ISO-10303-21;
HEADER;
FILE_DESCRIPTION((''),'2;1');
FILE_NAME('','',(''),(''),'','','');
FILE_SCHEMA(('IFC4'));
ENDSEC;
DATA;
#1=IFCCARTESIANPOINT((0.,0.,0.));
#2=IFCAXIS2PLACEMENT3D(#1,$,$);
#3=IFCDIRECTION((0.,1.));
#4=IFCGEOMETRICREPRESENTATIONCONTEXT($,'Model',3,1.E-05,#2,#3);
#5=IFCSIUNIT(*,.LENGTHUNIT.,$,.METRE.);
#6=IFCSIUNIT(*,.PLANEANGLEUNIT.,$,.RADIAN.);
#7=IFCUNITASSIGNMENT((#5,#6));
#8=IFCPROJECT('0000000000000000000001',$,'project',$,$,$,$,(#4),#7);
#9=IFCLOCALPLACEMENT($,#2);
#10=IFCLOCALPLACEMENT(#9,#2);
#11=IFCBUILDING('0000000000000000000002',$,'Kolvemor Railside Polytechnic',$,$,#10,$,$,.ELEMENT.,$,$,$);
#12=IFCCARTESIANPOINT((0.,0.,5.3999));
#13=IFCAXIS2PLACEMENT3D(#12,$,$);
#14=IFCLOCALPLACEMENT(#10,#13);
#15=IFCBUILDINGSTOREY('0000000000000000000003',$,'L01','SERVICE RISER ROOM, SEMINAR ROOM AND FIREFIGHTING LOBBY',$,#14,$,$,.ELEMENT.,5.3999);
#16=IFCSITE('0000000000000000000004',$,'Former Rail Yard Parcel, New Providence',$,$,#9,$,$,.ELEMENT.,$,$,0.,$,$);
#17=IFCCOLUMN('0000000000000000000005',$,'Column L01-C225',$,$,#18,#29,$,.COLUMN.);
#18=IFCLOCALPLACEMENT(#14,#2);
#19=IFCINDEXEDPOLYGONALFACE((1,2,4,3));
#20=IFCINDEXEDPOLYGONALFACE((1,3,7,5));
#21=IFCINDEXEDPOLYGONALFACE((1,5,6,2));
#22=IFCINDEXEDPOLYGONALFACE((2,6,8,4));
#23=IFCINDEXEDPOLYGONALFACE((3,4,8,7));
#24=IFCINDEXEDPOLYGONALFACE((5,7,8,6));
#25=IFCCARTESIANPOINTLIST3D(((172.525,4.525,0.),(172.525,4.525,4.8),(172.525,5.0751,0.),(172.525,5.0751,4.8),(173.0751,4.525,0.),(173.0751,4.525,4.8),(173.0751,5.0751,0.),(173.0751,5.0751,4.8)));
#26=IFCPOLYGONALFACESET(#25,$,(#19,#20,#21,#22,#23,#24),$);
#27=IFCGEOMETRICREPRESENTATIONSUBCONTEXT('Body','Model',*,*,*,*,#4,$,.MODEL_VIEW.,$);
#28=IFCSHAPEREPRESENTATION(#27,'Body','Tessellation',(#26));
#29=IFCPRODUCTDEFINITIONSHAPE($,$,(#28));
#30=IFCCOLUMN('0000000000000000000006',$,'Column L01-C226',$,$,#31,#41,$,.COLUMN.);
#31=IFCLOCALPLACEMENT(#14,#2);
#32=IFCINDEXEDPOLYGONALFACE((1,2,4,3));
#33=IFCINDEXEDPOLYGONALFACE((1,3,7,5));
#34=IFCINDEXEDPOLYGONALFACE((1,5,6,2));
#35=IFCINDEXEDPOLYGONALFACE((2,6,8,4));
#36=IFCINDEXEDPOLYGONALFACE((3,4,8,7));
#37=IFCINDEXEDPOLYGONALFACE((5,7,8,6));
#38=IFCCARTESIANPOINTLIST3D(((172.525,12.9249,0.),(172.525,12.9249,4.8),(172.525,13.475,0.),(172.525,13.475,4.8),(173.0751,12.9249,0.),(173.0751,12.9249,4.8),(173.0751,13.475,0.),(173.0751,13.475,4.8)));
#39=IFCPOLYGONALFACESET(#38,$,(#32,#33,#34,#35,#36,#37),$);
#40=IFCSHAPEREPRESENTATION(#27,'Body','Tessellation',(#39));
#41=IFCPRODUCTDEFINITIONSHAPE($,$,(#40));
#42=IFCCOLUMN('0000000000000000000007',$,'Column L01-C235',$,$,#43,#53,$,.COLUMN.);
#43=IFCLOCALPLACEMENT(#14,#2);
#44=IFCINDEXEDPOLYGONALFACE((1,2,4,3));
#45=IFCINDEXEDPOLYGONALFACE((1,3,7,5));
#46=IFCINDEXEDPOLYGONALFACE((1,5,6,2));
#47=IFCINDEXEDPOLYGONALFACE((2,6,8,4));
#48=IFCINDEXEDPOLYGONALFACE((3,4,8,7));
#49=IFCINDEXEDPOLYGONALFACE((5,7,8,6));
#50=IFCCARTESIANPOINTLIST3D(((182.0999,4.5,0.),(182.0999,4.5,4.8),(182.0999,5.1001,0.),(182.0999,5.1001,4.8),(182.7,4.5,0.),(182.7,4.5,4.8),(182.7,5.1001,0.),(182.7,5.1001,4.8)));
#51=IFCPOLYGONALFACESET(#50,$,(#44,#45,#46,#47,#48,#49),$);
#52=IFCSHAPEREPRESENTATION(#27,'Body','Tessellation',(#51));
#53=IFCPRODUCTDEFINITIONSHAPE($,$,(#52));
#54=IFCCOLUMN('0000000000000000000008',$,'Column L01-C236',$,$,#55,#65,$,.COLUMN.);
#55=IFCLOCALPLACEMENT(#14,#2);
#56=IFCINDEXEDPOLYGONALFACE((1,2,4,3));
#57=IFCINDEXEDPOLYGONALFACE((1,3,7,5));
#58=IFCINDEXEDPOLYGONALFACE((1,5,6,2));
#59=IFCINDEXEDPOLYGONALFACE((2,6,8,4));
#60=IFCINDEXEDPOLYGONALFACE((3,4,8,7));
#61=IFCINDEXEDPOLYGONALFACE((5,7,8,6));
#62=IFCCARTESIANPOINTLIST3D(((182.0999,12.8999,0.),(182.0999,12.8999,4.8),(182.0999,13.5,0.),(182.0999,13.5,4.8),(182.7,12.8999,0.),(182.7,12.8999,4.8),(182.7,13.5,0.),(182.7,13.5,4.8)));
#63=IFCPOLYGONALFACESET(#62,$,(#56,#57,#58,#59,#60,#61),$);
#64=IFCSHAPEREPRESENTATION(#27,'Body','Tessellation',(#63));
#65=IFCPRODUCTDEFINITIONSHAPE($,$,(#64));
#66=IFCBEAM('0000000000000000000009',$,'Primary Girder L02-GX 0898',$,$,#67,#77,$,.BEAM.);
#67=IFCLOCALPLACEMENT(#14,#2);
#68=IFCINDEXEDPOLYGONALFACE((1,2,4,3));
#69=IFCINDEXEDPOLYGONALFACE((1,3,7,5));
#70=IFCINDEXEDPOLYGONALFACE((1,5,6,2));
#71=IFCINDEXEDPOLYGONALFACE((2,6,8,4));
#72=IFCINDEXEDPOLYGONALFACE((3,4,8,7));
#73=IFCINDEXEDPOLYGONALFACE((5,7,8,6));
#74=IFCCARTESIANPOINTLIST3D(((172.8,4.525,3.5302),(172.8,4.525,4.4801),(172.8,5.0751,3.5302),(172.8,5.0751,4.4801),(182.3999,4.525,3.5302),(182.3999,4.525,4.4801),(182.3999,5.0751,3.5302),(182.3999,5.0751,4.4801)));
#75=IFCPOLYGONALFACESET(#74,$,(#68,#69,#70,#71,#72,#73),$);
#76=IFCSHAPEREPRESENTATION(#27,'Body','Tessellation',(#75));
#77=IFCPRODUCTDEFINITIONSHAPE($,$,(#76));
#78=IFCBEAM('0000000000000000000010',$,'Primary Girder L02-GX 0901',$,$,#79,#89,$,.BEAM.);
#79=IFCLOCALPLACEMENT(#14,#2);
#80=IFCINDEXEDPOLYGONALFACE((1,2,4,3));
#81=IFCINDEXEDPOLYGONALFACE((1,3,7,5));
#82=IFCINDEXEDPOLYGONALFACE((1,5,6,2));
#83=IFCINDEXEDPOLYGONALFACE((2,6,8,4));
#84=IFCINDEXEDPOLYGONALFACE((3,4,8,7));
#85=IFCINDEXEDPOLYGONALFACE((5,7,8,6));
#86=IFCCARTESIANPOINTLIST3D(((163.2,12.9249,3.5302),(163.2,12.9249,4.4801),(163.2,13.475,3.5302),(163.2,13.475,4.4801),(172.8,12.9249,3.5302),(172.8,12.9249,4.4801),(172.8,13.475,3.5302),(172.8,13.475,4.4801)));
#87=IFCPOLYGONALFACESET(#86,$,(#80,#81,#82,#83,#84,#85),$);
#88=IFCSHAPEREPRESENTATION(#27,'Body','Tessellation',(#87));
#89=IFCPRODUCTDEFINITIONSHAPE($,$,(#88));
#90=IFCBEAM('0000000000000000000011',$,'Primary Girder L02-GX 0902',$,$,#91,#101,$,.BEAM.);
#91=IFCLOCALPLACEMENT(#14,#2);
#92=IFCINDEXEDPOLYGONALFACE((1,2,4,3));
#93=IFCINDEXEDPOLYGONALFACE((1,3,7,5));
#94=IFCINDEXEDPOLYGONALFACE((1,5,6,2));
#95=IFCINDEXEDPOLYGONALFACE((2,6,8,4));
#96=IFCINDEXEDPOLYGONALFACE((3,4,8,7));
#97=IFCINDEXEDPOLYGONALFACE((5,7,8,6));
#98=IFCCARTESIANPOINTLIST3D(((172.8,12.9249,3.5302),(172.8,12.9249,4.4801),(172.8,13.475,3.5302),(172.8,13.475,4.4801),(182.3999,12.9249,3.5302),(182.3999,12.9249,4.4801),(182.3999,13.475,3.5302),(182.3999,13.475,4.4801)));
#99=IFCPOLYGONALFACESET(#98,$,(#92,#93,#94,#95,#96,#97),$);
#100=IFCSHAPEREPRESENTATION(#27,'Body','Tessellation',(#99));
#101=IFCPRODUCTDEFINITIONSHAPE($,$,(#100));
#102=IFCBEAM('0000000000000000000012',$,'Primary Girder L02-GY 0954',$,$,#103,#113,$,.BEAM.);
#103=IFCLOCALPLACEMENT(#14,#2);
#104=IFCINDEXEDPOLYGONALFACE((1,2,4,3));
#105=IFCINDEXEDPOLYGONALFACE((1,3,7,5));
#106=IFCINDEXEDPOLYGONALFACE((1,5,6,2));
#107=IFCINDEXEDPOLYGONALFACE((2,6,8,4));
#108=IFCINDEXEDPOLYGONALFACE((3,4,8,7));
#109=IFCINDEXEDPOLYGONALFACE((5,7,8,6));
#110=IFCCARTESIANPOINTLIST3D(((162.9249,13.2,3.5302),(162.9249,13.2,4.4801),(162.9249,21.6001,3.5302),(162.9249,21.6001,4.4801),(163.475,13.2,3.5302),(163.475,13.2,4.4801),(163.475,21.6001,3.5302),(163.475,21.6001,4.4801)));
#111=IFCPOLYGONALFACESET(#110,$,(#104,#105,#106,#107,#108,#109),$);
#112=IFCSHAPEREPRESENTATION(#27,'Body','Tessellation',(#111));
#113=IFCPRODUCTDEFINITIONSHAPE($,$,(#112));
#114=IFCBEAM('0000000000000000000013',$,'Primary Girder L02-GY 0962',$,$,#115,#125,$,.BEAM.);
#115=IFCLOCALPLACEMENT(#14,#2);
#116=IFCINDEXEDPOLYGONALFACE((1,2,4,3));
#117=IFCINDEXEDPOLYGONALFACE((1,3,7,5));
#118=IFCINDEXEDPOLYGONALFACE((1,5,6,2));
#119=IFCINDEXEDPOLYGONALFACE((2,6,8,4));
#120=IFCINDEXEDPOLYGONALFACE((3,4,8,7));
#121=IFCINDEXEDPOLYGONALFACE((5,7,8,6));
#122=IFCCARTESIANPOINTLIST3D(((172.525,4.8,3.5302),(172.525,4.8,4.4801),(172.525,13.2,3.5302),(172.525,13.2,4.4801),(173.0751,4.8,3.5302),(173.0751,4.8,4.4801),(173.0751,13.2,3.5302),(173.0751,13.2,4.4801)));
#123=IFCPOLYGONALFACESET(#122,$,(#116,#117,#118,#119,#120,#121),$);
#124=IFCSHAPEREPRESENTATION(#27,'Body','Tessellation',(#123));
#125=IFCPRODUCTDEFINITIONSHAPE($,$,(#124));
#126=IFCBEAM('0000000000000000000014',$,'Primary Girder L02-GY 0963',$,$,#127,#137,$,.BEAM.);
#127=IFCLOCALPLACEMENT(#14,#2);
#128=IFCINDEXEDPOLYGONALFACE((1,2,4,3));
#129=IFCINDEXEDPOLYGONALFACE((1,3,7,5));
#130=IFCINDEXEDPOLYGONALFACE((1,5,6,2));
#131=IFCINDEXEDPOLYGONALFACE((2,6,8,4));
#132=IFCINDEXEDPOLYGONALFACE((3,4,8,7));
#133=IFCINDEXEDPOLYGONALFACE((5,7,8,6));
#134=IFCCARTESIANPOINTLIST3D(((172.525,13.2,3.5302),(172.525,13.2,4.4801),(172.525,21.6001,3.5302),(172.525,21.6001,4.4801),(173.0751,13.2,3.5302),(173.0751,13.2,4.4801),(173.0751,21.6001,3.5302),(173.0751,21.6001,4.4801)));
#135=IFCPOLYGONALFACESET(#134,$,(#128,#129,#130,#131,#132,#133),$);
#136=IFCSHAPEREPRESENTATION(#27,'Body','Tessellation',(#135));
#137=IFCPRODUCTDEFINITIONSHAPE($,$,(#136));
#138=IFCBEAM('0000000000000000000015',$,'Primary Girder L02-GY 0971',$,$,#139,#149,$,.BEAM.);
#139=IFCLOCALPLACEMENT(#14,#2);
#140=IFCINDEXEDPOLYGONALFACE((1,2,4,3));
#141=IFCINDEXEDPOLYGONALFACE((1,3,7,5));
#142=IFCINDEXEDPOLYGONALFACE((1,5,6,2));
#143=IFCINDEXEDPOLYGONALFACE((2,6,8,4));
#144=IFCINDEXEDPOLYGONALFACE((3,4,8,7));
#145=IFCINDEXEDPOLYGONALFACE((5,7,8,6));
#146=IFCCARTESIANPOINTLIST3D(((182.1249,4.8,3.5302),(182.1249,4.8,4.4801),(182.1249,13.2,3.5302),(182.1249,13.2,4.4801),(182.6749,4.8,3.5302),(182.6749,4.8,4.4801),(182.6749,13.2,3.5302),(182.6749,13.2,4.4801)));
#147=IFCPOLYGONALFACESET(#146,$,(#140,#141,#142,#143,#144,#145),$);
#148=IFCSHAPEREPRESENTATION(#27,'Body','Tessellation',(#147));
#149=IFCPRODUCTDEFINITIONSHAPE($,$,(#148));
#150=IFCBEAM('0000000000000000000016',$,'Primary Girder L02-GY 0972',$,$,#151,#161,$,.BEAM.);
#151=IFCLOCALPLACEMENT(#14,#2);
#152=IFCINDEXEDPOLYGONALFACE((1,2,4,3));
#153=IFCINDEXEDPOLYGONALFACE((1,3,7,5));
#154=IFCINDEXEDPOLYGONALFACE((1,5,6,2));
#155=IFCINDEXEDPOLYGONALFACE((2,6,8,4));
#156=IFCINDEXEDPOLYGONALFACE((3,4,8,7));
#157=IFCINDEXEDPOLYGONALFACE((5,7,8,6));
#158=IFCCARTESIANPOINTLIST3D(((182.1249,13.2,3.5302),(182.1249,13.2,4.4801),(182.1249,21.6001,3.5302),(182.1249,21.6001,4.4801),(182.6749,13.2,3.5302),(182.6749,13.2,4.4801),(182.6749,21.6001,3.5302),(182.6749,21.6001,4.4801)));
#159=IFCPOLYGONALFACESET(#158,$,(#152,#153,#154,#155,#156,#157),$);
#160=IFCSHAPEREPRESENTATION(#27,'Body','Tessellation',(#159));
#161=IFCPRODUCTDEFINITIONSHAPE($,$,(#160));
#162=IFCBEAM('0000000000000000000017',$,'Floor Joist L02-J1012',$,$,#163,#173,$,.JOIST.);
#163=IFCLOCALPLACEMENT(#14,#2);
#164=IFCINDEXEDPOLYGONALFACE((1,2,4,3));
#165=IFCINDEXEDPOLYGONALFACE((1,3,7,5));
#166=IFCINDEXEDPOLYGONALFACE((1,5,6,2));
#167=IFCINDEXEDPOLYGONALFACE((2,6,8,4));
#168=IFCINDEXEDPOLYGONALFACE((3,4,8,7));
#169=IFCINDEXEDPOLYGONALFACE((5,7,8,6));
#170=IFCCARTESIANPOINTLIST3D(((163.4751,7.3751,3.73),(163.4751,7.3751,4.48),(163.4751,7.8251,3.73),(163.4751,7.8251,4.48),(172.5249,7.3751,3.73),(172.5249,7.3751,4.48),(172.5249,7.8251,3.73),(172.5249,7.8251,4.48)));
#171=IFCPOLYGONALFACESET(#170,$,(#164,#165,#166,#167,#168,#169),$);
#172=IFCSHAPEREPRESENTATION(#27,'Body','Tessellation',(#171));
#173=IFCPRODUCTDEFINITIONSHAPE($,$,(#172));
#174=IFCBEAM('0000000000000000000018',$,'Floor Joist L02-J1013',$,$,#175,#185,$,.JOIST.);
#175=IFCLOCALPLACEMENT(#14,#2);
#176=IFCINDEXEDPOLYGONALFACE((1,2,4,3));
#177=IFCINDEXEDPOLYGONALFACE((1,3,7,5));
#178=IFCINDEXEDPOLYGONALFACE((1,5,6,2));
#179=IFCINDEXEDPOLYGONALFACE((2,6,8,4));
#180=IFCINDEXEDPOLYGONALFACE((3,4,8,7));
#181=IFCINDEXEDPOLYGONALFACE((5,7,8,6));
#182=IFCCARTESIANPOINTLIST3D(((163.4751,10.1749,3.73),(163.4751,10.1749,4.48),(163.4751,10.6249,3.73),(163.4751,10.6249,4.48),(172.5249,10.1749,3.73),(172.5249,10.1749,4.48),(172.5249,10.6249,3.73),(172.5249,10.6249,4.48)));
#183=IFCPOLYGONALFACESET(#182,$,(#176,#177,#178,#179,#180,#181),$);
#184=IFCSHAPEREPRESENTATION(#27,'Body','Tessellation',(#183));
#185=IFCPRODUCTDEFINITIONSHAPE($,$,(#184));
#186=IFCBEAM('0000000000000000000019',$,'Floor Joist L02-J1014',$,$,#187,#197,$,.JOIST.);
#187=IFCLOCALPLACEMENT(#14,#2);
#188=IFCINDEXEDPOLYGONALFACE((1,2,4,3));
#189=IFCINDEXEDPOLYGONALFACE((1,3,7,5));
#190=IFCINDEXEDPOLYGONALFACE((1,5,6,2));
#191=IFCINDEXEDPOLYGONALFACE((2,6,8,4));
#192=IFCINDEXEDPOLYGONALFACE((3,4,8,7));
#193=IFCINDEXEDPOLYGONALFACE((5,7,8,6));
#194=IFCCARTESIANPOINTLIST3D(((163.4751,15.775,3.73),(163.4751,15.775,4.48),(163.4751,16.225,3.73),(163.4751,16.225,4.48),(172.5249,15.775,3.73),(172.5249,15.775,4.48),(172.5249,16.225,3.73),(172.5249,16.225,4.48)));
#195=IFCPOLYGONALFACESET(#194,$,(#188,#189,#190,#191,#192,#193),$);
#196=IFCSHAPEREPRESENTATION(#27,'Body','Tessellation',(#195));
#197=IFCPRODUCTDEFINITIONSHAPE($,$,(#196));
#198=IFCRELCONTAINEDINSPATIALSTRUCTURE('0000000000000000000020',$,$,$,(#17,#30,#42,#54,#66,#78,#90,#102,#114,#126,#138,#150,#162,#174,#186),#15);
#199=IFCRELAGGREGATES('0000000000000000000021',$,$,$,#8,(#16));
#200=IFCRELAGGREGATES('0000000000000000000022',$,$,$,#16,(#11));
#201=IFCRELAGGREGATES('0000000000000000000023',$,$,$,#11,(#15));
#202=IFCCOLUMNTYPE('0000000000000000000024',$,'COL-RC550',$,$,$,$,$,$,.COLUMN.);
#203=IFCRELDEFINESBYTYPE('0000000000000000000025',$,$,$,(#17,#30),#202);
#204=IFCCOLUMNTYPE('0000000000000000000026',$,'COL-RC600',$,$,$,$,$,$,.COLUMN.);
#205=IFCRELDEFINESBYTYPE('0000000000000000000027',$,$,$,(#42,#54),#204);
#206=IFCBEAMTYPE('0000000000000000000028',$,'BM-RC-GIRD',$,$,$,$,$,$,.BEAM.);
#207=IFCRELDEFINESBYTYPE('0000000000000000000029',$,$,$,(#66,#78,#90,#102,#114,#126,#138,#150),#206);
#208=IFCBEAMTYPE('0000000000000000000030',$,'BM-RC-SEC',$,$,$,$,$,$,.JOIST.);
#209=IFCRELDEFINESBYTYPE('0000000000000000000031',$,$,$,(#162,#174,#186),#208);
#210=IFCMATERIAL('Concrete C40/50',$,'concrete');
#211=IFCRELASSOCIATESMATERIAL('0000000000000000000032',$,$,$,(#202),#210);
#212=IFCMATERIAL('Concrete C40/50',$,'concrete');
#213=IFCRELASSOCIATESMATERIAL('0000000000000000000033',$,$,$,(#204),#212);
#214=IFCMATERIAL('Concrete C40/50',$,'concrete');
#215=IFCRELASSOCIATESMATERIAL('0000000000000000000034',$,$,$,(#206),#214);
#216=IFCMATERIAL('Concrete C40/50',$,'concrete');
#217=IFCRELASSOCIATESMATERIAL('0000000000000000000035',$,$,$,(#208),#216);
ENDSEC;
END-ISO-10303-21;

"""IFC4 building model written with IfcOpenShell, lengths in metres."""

from ifc_helpers import new_model, si_unit, direction, frame, origin, origin_2d, place, context, subcontext, project, spatial, rectangle, extrude, material, material_profile, profile_set, type_object, element, save


model = new_model("IFC4")

# Units and contexts
model_context = context("Model", 3, precision=1e-05, world=origin(), true_north=direction((0.0, 1.0)))
body_context = subcontext(model_context, "Body", "Model", "MODEL_VIEW")
ifc_project = project(units=[si_unit("LENGTHUNIT", "METRE"), si_unit("PLANEANGLEUNIT", "RADIAN")], contexts=[model_context])

# Site, building, storey
site_placement = place(None, origin())
site = spatial("IfcSite", under=ifc_project, at=site_placement, Name="Former Rail Yard Parcel, New Providence", CompositionType="ELEMENT", RefElevation=0.0)
building_placement = place(site_placement, origin())
building = spatial("IfcBuilding", under=site, at=building_placement, Name="Kolvemor Railside Polytechnic", CompositionType="ELEMENT")
storey_placement = place(building_placement, frame((0.0, 0.0, 5.3999)))
storey = spatial("IfcBuildingStorey", under=building, at=storey_placement, Name="L01", Description="SERVICE RISER ROOM, SEMINAR ROOM AND FIREFIGHTING LOBBY", CompositionType="ELEMENT", Elevation=5.3999)

# Columns
ifc_material_1 = material(Name="Concrete C40/50", Category="concrete")
ifc_material_profile_1 = material_profile(ifc_material_1, rectangle(XDim=0.55, YDim=0.55, at=origin_2d()), Name="RC550x550")
ifc_profile_set_1 = profile_set([ifc_material_profile_1], Name="Concrete C40/50")
column_type_1 = type_object("IfcColumnType", Name="COL-RC550", PredefinedType="COLUMN", material=ifc_profile_set_1)
for number, where, z_axis, x_axis, name in (
    (1, (172.8, 4.8, 0.0), (0.0, 0.0, 1.0), (1.0, 0.0, 0.0), "Column L01-C225"),
    (2, (172.8, 13.2, 0.0), (0.0, 0.0, 1.0), (1.0, 0.0, 0.0), "Column L01-C226"),
):
    element("IfcColumn", number, at=place(storey_placement, frame(where, z_axis=z_axis, x_axis=x_axis)), inside=storey, type_object=column_type_1, Name=name, PredefinedType="COLUMN", context=body_context, shape_type="SweptSolid", body=[
        extrude(rectangle(XDim=0.55, YDim=0.55, at=origin_2d()), origin(), (0.0, 0.0, 1.0), 4.8),
    ])
ifc_material_2 = material(Name="Concrete C40/50", Category="concrete")
ifc_material_profile_2 = material_profile(ifc_material_2, rectangle(XDim=0.6001, YDim=0.6001, at=origin_2d()), Name="RC600x600")
ifc_profile_set_2 = profile_set([ifc_material_profile_2], Name="Concrete C40/50")
column_type_2 = type_object("IfcColumnType", Name="COL-RC600", PredefinedType="COLUMN", material=ifc_profile_set_2)
for number, where, z_axis, x_axis, name in (
    (3, (182.3999, 4.8, 0.0), (0.0, 0.0, 1.0), (1.0, 0.0, 0.0), "Column L01-C235"),
    (4, (182.3999, 13.2, 0.0), (0.0, 0.0, 1.0), (1.0, 0.0, 0.0), "Column L01-C236"),
):
    element("IfcColumn", number, at=place(storey_placement, frame(where, z_axis=z_axis, x_axis=x_axis)), inside=storey, type_object=column_type_2, Name=name, PredefinedType="COLUMN", context=body_context, shape_type="SweptSolid", body=[
        extrude(rectangle(XDim=0.6001, YDim=0.6001, at=origin_2d()), origin(), (0.0, 0.0, 1.0), 4.8),
    ])

# Beams
ifc_material_3 = material(Name="Concrete C40/50", Category="concrete")
ifc_material_profile_3 = material_profile(ifc_material_3, rectangle(XDim=0.55, YDim=0.95, at=origin_2d()), Name="RC550x950")
ifc_profile_set_3 = profile_set([ifc_material_profile_3], Name="Concrete C40/50")
beam_type_1 = type_object("IfcBeamType", Name="BM-RC-GIRD", PredefinedType="BEAM", material=ifc_profile_set_3)
beam_1_placement = place(storey_placement, frame((172.8, 4.8, 4.0051), z_axis=(1.0, 0.0, 0.0), x_axis=(0.0, 1.0, 0.0)))
element("IfcBeam", 5, at=beam_1_placement, inside=storey, type_object=beam_type_1, Name="Primary Girder L02-GX 0898", PredefinedType="BEAM", context=body_context, shape_type="SweptSolid", body=[
    extrude(rectangle(XDim=0.55, YDim=0.95, at=origin_2d()), origin(), (0.0, 0.0, 1.0), 9.5999),
])
beam_2_placement = place(storey_placement, frame((163.2, 13.2, 4.0051), z_axis=(1.0, 0.0, 0.0), x_axis=(0.0, 1.0, 0.0)))
element("IfcBeam", 6, at=beam_2_placement, inside=storey, type_object=beam_type_1, Name="Primary Girder L02-GX 0901", PredefinedType="BEAM", context=body_context, shape_type="SweptSolid", body=[
    extrude(rectangle(XDim=0.55, YDim=0.95, at=origin_2d()), origin(), (0.0, 0.0, 1.0), 9.6001),
])
beam_3_placement = place(storey_placement, frame((172.8, 13.2, 4.0051), z_axis=(1.0, 0.0, 0.0), x_axis=(0.0, 1.0, 0.0)))
element("IfcBeam", 7, at=beam_3_placement, inside=storey, type_object=beam_type_1, Name="Primary Girder L02-GX 0902", PredefinedType="BEAM", context=body_context, shape_type="SweptSolid", body=[
    extrude(rectangle(XDim=0.55, YDim=0.95, at=origin_2d()), origin(), (0.0, 0.0, 1.0), 9.5999),
])
beam_4_placement = place(storey_placement, frame((163.2, 13.2, 4.0051), z_axis=(0.0, 1.0, 0.0), x_axis=(-1.0, 0.0, 0.0)))
element("IfcBeam", 8, at=beam_4_placement, inside=storey, type_object=beam_type_1, Name="Primary Girder L02-GY 0954", PredefinedType="BEAM", context=body_context, shape_type="SweptSolid", body=[
    extrude(rectangle(XDim=0.55, YDim=0.95, at=origin_2d()), origin(), (0.0, 0.0, 1.0), 8.4001),
])
beam_5_placement = place(storey_placement, frame((172.8, 4.8, 4.0051), z_axis=(0.0, 1.0, 0.0), x_axis=(-1.0, 0.0, 0.0)))
element("IfcBeam", 9, at=beam_5_placement, inside=storey, type_object=beam_type_1, Name="Primary Girder L02-GY 0962", PredefinedType="BEAM", context=body_context, shape_type="SweptSolid", body=[
    extrude(rectangle(XDim=0.55, YDim=0.95, at=origin_2d()), origin(), (0.0, 0.0, 1.0), 8.3999),
])
beam_6_placement = place(storey_placement, frame((172.8, 13.2, 4.0051), z_axis=(0.0, 1.0, 0.0), x_axis=(-1.0, 0.0, 0.0)))
element("IfcBeam", 10, at=beam_6_placement, inside=storey, type_object=beam_type_1, Name="Primary Girder L02-GY 0963", PredefinedType="BEAM", context=body_context, shape_type="SweptSolid", body=[
    extrude(rectangle(XDim=0.55, YDim=0.95, at=origin_2d()), origin(), (0.0, 0.0, 1.0), 8.4001),
])
beam_7_placement = place(storey_placement, frame((182.3999, 4.8, 4.0051), z_axis=(0.0, 1.0, 0.0), x_axis=(-1.0, 0.0, 0.0)))
element("IfcBeam", 11, at=beam_7_placement, inside=storey, type_object=beam_type_1, Name="Primary Girder L02-GY 0971", PredefinedType="BEAM", context=body_context, shape_type="SweptSolid", body=[
    extrude(rectangle(XDim=0.55, YDim=0.95, at=origin_2d()), origin(), (0.0, 0.0, 1.0), 8.3999),
])
beam_8_placement = place(storey_placement, frame((182.3999, 13.2, 4.0051), z_axis=(0.0, 1.0, 0.0), x_axis=(-1.0, 0.0, 0.0)))
element("IfcBeam", 12, at=beam_8_placement, inside=storey, type_object=beam_type_1, Name="Primary Girder L02-GY 0972", PredefinedType="BEAM", context=body_context, shape_type="SweptSolid", body=[
    extrude(rectangle(XDim=0.55, YDim=0.95, at=origin_2d()), origin(), (0.0, 0.0, 1.0), 8.4001),
])
ifc_material_4 = material(Name="Concrete C40/50", Category="concrete")
ifc_material_profile_4 = material_profile(ifc_material_4, rectangle(XDim=0.45, YDim=0.75, at=origin_2d()), Name="RC450x750")
ifc_profile_set_4 = profile_set([ifc_material_profile_4], Name="Concrete C40/50")
beam_type_2 = type_object("IfcBeamType", Name="BM-RC-SEC", PredefinedType="JOIST", material=ifc_profile_set_4)
for number, where, z_axis, x_axis, name in (
    (13, (163.4751, 7.6001, 4.105), (1.0, 0.0, 0.0), (0.0, 1.0, 0.0), "Floor Joist L02-J1012"),
    (14, (163.4751, 10.3999, 4.105), (1.0, 0.0, 0.0), (0.0, 1.0, 0.0), "Floor Joist L02-J1013"),
    (15, (163.4751, 16.0, 4.105), (1.0, 0.0, 0.0), (0.0, 1.0, 0.0), "Floor Joist L02-J1014"),
):
    element("IfcBeam", number, at=place(storey_placement, frame(where, z_axis=z_axis, x_axis=x_axis)), inside=storey, type_object=beam_type_2, Name=name, PredefinedType="JOIST", context=body_context, shape_type="SweptSolid", body=[
        extrude(rectangle(XDim=0.45, YDim=0.75, at=origin_2d()), origin(), (0.0, 0.0, 1.0), 9.0498),
    ])

save(model, "model.ifc")
